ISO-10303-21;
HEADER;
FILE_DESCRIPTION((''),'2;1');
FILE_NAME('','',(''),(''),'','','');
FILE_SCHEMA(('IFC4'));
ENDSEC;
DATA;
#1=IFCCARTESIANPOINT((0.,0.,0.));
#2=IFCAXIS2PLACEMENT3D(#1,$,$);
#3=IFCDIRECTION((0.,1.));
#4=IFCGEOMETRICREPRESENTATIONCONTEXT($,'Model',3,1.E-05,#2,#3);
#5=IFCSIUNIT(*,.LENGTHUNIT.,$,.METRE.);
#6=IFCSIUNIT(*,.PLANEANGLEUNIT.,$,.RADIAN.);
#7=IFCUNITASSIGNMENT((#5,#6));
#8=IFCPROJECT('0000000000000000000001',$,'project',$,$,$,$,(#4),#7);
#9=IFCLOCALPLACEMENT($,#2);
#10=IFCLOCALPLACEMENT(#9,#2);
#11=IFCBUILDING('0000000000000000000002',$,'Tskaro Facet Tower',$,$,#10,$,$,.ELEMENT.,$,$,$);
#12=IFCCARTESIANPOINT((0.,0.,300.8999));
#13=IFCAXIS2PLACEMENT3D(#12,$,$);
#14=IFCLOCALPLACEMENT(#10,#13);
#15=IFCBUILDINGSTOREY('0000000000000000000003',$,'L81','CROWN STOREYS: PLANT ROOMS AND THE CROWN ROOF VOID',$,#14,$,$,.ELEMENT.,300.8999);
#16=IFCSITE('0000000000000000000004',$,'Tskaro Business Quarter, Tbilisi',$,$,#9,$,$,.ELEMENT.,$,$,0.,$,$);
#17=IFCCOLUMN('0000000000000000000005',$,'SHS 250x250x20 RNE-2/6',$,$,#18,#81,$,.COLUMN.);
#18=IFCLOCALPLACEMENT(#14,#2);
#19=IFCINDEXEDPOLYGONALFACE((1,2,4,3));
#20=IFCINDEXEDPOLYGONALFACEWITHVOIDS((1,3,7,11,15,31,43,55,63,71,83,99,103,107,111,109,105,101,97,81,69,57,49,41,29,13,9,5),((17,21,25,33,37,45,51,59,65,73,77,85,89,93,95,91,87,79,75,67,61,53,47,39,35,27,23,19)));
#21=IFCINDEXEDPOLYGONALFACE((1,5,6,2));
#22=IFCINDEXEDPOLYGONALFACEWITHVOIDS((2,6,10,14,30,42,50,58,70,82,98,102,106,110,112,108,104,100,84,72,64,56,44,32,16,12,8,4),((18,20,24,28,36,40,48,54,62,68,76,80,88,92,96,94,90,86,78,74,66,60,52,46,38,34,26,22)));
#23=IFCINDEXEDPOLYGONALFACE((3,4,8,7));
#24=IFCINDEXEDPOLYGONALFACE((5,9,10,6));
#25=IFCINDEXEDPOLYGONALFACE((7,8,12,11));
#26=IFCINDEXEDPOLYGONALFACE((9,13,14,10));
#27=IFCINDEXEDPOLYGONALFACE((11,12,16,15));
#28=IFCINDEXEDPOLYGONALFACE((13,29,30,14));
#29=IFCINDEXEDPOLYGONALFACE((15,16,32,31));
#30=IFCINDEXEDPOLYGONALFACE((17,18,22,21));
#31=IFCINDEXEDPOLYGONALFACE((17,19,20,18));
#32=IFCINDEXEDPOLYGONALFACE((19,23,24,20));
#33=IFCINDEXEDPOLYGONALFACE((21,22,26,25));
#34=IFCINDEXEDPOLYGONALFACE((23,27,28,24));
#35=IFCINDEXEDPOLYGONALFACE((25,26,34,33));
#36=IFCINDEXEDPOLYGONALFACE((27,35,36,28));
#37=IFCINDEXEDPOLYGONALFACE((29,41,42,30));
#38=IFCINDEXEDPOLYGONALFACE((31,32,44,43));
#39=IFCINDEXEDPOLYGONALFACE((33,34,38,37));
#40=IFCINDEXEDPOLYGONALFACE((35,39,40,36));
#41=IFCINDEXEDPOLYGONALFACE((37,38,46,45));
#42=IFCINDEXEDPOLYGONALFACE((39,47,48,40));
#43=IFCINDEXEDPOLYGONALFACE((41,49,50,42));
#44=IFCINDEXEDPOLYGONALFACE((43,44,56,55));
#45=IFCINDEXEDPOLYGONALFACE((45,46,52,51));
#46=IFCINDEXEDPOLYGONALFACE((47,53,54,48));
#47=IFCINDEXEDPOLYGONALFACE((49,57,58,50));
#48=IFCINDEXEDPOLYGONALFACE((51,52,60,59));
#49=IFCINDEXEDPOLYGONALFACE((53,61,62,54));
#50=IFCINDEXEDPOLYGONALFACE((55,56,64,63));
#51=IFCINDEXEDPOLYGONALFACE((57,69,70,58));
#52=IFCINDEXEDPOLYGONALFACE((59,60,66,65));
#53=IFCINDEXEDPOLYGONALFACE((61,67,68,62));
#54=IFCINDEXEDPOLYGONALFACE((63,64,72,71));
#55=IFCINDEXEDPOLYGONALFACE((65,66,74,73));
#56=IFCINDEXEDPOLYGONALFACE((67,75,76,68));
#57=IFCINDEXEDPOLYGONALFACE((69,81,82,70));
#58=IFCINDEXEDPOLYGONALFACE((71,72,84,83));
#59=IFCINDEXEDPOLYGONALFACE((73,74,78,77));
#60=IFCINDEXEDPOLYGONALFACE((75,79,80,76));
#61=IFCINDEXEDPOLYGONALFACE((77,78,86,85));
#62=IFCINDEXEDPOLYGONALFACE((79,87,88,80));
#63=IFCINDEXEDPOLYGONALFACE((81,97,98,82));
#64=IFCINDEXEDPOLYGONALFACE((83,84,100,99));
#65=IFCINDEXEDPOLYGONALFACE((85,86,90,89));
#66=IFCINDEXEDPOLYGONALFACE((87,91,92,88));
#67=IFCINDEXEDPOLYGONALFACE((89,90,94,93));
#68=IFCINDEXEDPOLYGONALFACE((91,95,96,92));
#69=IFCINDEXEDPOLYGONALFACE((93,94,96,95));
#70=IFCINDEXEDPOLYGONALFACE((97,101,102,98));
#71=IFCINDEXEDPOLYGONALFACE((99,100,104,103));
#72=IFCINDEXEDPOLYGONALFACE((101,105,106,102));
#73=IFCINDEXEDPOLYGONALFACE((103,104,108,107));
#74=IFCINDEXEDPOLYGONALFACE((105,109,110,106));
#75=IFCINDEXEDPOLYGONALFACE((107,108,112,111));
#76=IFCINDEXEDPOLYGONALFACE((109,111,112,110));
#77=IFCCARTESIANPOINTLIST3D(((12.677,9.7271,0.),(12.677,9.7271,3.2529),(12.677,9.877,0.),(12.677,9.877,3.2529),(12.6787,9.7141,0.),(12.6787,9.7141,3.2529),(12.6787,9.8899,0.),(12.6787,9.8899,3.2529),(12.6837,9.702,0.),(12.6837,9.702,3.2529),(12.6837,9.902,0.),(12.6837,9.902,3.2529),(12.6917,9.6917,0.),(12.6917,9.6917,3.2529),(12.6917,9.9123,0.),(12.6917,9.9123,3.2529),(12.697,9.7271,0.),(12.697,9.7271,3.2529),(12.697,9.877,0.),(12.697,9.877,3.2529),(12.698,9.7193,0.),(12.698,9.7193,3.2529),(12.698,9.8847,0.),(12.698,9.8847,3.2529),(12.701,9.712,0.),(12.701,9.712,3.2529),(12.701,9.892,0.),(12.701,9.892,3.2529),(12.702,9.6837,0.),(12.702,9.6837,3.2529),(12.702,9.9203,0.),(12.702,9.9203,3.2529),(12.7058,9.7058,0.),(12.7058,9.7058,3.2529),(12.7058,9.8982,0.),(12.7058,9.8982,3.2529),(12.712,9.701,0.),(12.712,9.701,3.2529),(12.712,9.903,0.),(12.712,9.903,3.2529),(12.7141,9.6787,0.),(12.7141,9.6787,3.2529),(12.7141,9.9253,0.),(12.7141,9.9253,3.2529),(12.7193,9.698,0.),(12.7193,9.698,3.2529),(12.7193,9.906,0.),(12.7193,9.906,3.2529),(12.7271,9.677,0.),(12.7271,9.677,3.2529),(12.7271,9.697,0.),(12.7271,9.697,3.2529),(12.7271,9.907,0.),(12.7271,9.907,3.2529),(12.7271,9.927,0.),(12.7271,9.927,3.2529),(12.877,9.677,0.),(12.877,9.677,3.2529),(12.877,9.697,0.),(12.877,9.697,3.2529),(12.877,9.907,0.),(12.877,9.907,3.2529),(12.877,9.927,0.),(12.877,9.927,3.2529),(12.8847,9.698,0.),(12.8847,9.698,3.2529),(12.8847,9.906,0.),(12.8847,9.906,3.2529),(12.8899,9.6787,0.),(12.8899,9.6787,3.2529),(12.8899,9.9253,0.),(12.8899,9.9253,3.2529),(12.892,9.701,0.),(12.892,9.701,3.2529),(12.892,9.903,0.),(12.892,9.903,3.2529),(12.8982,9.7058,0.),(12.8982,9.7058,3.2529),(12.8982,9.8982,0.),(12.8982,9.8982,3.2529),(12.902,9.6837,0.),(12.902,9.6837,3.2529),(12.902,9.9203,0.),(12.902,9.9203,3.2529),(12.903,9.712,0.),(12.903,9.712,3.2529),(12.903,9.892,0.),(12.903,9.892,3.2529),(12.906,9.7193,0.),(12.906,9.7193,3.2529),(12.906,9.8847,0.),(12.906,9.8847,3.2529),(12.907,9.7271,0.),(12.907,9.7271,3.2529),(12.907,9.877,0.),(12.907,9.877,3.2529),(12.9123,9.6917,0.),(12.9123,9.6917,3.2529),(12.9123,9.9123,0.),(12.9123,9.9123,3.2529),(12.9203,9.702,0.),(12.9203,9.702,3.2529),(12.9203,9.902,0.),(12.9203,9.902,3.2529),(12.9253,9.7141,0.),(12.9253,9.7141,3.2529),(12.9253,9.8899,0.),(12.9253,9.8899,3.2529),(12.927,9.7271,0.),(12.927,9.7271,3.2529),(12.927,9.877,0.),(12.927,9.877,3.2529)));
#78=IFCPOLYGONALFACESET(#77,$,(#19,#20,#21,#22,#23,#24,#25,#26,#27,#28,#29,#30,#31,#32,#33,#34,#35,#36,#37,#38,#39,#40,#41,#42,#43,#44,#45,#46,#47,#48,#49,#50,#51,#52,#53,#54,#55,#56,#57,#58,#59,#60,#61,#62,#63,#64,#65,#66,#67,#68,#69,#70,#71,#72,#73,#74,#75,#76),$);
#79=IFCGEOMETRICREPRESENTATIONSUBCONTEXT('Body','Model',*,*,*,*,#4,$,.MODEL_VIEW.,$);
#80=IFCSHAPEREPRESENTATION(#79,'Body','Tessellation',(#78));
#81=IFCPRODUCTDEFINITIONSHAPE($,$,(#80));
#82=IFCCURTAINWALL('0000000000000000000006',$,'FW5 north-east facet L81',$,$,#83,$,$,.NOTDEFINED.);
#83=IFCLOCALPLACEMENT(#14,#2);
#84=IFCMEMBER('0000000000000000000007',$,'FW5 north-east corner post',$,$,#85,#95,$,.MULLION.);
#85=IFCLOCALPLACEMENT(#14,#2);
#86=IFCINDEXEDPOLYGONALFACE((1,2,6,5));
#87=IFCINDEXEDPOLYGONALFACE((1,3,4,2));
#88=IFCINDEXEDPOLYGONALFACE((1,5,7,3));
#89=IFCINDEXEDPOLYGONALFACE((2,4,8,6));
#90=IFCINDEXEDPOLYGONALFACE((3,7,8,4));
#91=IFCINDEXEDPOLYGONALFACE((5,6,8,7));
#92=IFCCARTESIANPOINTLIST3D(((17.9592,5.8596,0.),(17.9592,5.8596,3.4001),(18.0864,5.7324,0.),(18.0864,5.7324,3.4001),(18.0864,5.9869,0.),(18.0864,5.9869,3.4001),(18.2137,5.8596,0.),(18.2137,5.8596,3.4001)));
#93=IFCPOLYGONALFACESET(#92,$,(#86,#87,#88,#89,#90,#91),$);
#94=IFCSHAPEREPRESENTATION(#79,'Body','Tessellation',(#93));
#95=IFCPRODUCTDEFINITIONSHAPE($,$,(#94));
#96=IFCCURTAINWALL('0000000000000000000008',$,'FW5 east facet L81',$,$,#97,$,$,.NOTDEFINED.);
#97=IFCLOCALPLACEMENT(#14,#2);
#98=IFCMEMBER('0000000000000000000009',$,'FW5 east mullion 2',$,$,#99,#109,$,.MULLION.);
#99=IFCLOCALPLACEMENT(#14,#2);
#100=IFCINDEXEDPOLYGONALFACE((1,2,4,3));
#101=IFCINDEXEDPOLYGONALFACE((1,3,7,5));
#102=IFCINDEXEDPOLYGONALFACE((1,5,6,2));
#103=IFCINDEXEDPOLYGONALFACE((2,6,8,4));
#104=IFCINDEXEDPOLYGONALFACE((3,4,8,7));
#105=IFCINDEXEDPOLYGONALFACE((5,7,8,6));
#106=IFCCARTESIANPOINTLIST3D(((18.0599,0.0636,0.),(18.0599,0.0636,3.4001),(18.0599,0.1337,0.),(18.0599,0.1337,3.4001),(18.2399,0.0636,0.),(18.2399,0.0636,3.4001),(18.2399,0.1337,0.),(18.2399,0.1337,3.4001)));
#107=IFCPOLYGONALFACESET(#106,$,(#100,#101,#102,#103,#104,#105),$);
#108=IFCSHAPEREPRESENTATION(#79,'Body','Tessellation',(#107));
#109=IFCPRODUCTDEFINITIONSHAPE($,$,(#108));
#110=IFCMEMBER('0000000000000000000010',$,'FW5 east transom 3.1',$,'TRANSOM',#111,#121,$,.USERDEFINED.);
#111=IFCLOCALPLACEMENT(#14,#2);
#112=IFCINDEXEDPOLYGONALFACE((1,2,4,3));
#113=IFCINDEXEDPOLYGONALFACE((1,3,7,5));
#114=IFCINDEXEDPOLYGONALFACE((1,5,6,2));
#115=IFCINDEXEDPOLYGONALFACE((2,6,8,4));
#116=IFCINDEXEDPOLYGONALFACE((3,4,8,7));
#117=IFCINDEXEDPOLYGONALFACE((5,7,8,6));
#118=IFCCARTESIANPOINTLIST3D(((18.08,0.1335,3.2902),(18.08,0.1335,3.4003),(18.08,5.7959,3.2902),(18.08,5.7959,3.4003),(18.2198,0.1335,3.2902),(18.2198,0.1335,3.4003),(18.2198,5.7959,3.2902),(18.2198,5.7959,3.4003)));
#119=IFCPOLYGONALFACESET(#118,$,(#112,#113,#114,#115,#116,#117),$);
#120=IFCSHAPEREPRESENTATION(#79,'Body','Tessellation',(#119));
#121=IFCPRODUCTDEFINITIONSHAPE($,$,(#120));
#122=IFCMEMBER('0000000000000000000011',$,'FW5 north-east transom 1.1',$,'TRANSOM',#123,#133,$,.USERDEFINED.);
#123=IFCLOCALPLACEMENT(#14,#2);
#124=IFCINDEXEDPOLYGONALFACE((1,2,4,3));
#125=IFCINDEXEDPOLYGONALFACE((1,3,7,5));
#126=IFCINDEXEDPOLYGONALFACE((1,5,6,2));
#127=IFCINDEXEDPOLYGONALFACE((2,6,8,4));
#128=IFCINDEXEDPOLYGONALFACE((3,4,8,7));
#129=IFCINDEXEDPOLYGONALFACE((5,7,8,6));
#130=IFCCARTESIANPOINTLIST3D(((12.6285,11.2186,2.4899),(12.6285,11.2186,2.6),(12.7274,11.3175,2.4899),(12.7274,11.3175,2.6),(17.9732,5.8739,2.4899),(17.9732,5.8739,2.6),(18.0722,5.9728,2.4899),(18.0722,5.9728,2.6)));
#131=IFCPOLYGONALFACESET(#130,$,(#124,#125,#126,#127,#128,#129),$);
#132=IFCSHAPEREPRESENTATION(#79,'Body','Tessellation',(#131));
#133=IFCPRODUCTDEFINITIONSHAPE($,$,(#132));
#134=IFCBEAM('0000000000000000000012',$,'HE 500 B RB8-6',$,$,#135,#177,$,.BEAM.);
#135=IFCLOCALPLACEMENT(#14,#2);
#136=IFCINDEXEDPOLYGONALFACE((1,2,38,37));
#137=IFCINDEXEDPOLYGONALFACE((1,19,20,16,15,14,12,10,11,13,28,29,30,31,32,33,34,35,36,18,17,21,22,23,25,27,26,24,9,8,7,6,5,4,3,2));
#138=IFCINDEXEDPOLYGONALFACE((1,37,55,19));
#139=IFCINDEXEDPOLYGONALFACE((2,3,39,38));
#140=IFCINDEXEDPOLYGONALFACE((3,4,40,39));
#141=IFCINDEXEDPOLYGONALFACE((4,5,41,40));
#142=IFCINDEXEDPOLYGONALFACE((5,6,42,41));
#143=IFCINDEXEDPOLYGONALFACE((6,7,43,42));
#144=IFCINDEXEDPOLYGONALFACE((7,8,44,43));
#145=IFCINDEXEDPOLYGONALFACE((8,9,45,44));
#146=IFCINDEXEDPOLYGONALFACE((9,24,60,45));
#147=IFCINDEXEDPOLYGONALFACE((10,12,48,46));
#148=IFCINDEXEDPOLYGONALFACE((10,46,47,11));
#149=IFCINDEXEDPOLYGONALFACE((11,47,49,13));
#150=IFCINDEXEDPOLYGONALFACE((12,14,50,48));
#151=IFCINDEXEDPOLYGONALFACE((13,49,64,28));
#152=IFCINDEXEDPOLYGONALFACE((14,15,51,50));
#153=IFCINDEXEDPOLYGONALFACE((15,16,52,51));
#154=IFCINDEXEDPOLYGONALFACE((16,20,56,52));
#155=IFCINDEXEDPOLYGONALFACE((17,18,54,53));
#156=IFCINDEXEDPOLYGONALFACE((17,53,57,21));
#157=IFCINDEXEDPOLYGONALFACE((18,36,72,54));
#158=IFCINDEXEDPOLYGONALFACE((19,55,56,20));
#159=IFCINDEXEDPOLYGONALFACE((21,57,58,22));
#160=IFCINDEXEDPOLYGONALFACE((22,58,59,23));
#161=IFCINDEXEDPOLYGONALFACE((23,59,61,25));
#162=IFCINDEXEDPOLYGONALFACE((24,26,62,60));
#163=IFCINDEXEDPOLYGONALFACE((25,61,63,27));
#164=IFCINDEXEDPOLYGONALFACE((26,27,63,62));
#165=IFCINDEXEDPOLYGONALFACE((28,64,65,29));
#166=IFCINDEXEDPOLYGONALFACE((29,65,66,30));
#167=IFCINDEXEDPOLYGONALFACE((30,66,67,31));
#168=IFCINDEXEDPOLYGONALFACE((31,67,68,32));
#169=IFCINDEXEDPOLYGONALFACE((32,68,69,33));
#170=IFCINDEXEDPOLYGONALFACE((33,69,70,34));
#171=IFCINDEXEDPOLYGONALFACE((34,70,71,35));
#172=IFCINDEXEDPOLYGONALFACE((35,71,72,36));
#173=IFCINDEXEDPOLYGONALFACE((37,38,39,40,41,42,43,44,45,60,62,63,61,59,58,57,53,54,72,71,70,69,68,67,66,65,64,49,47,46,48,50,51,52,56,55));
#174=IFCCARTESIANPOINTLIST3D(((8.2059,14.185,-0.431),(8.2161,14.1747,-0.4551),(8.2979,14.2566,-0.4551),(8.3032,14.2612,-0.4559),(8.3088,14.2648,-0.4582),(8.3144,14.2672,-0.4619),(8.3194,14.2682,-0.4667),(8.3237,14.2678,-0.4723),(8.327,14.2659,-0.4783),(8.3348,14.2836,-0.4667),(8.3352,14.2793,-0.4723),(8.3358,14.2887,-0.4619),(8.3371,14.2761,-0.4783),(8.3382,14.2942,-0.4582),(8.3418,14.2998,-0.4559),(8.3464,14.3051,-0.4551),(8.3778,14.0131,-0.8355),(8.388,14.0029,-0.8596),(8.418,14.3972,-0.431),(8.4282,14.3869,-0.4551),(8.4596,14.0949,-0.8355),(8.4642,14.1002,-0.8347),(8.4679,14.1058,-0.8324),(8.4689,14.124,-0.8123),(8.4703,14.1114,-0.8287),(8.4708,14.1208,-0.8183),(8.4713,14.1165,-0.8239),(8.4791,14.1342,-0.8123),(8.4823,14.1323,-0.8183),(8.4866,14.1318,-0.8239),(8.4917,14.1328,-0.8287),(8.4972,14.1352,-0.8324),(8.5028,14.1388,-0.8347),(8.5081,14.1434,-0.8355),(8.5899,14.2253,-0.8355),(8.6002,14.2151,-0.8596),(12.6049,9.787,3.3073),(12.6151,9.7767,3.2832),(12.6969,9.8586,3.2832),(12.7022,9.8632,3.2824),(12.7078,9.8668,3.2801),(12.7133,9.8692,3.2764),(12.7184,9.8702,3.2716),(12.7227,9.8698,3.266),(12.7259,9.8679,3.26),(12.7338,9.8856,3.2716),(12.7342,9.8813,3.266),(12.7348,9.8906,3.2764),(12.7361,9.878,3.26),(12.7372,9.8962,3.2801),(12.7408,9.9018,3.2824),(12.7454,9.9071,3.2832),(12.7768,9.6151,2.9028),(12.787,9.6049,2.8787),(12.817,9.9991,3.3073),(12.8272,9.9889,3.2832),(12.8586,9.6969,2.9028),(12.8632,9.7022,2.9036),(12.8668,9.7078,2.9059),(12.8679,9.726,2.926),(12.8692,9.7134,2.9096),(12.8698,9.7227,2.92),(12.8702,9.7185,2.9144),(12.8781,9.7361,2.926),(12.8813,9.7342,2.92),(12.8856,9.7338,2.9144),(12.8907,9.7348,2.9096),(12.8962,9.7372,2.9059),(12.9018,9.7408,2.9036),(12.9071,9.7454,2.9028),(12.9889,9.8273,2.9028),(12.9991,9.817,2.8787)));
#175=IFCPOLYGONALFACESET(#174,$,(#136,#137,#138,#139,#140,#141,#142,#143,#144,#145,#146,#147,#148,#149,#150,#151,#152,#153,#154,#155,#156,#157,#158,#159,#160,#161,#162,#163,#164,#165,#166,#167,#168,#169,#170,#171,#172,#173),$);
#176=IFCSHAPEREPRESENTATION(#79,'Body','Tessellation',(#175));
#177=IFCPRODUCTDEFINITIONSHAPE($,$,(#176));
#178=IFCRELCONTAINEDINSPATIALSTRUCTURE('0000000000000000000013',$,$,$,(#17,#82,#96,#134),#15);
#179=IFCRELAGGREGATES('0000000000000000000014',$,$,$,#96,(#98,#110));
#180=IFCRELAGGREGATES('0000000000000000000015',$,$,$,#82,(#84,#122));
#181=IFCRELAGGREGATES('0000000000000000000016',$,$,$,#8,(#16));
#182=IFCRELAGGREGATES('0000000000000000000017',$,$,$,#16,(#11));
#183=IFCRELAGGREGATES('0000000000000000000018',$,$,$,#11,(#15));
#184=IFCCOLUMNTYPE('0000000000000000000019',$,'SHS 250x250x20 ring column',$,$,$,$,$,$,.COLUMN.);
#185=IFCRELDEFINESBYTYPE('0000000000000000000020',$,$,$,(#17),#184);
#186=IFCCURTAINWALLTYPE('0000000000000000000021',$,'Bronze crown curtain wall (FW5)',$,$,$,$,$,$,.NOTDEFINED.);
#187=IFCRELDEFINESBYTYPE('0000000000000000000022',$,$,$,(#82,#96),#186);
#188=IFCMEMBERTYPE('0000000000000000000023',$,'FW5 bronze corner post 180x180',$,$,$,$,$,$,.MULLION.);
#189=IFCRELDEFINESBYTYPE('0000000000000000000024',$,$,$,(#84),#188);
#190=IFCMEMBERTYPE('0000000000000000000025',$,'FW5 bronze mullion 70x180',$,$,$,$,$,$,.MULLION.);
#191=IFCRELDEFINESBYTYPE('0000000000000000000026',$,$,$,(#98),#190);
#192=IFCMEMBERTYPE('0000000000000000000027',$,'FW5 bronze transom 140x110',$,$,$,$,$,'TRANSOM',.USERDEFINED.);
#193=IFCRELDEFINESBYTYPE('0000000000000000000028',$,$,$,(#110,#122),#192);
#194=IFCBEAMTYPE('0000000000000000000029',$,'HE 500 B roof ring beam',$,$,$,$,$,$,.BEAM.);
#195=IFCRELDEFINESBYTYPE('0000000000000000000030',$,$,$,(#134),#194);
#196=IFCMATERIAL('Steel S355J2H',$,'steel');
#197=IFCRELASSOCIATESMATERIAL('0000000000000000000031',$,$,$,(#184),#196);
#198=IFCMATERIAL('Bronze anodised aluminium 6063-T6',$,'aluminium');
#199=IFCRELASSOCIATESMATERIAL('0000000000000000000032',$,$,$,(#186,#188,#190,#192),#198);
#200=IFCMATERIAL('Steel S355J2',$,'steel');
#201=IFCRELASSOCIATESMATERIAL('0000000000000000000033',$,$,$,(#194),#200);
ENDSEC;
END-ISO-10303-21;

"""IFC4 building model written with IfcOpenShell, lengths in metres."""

from ifc_helpers import new_model, si_unit, direction, frame, origin, origin_2d, place, context, subcontext, project, spatial, rectangle, hollow_rectangle, i_section, extrude, material, material_profile, profile_set, type_object, element, aggregate, save


model = new_model("IFC4")

# Units and contexts
model_context = context("Model", 3, precision=1e-05, world=origin(), true_north=direction((0.0, 1.0)))
body_context = subcontext(model_context, "Body", "Model", "MODEL_VIEW")
ifc_project = project(units=[si_unit("LENGTHUNIT", "METRE"), si_unit("PLANEANGLEUNIT", "RADIAN")], contexts=[model_context])

# Site, building, storey
site_placement = place(None, origin())
site = spatial("IfcSite", under=ifc_project, at=site_placement, Name="Tskaro Business Quarter, Tbilisi", CompositionType="ELEMENT", RefElevation=0.0)
building_placement = place(site_placement, origin())
building = spatial("IfcBuilding", under=site, at=building_placement, Name="Tskaro Facet Tower", CompositionType="ELEMENT")
storey_placement = place(building_placement, frame((0.0, 0.0, 300.8999)))
storey = spatial("IfcBuildingStorey", under=building, at=storey_placement, Name="L81", Description="CROWN STOREYS: PLANT ROOMS AND THE CROWN ROOF VOID", CompositionType="ELEMENT", Elevation=300.8999)

# Column
ifc_material_1 = material(Name="Steel S355J2H", Category="steel")
ifc_material_profile_1 = material_profile(ifc_material_1, hollow_rectangle(XDim=0.25, YDim=0.25, WallThickness=0.02, InnerFilletRadius=0.03, OuterFilletRadius=0.05, at=origin_2d()), Name="SHS 250x250x20")
ifc_profile_set_1 = profile_set([ifc_material_profile_1], Name="Steel S355J2H")
column_type = type_object("IfcColumnType", Name="SHS 250x250x20 ring column", PredefinedType="COLUMN", material=ifc_profile_set_1)
column_placement = place(storey_placement, frame((12.802, 9.802, 0.0), z_axis=(0.0, 0.0, 1.0), x_axis=(1.0, 0.0, 0.0)))
element("IfcColumn", 1, at=column_placement, inside=storey, type_object=column_type, Name="SHS 250x250x20 RNE-2/6", PredefinedType="COLUMN", context=body_context, shape_type="SweptSolid", body=[
    extrude(hollow_rectangle(XDim=0.25, YDim=0.25, WallThickness=0.02, InnerFilletRadius=0.03, OuterFilletRadius=0.05, at=origin_2d()), origin(), (0.0, 0.0, 1.0), 3.2529),
])

# Curtain wall, member
ifc_material_2 = material(Name="Bronze anodised aluminium 6063-T6", Category="aluminium")
curtain_wall_type = type_object("IfcCurtainWallType", Name="Bronze crown curtain wall (FW5)", PredefinedType="NOTDEFINED", material=ifc_material_2)
curtain_wall_1_placement = place(storey_placement, origin())
curtain_wall_1 = element("IfcCurtainWall", 2, at=curtain_wall_1_placement, inside=storey, type_object=curtain_wall_type, Name="FW5 north-east facet L81", PredefinedType="NOTDEFINED")
ifc_material_profile_2 = material_profile(ifc_material_2, rectangle(XDim=0.1799, YDim=0.1799, at=origin_2d()), Name="Corner post 180x180")
ifc_profile_set_2 = profile_set([ifc_material_profile_2], Name="Bronze anodised aluminium 6063-T6")
member_type_1 = type_object("IfcMemberType", Name="FW5 bronze corner post 180x180", PredefinedType="MULLION", material=ifc_profile_set_2)
member_1_placement = place(storey_placement, frame((18.0864, 5.8596, 0.0), z_axis=(0.0, 0.0, 1.0), x_axis=(-0.707107, 0.707107, 0.0)))
member_1 = element("IfcMember", 3, at=member_1_placement, type_object=member_type_1, Name="FW5 north-east corner post", PredefinedType="MULLION", context=body_context, shape_type="SweptSolid", body=[
    extrude(rectangle(XDim=0.1799, YDim=0.1799, at=origin_2d()), origin(), (0.0, 0.0, 1.0), 3.4001),
])

# Curtain wall, members
curtain_wall_2_placement = place(storey_placement, origin())
curtain_wall_2 = element("IfcCurtainWall", 4, at=curtain_wall_2_placement, inside=storey, type_object=curtain_wall_type, Name="FW5 east facet L81", PredefinedType="NOTDEFINED")
ifc_material_profile_3 = material_profile(ifc_material_2, rectangle(XDim=0.0701, YDim=0.1799, at=origin_2d()), Name="Mullion 70x180")
ifc_profile_set_3 = profile_set([ifc_material_profile_3], Name="Bronze anodised aluminium 6063-T6")
member_type_2 = type_object("IfcMemberType", Name="FW5 bronze mullion 70x180", PredefinedType="MULLION", material=ifc_profile_set_3)
member_2_placement = place(storey_placement, frame((18.1499, 0.0986, 0.0), z_axis=(0.0, 0.0, 1.0), x_axis=(0.0, 1.0, 0.0)))
member_2 = element("IfcMember", 5, at=member_2_placement, type_object=member_type_2, Name="FW5 east mullion 2", PredefinedType="MULLION", context=body_context, shape_type="SweptSolid", body=[
    extrude(rectangle(XDim=0.0701, YDim=0.1799, at=origin_2d()), origin(), (0.0, 0.0, 1.0), 3.4001),
])
ifc_material_profile_4 = material_profile(ifc_material_2, rectangle(XDim=0.1399, YDim=0.1101, at=origin_2d()), Name="Transom 140x110")
ifc_profile_set_4 = profile_set([ifc_material_profile_4], Name="Bronze anodised aluminium 6063-T6")
member_type_3 = type_object("IfcMemberType", Name="FW5 bronze transom 140x110", ElementType="TRANSOM", PredefinedType="USERDEFINED", material=ifc_profile_set_4)
member_3_placement = place(storey_placement, frame((18.1499, 0.1335, 3.3452), z_axis=(0.0, 1.0, 0.0), x_axis=(-1.0, 0.0, 0.0)))
member_3 = element("IfcMember", 6, at=member_3_placement, type_object=member_type_3, Name="FW5 east transom 3.1", ObjectType="TRANSOM", PredefinedType="USERDEFINED", context=body_context, shape_type="SweptSolid", body=[
    extrude(rectangle(XDim=0.1399, YDim=0.1101, at=origin_2d()), origin(), (0.0, 0.0, 1.0), 5.6624),
])

# Member
member_4_placement = place(storey_placement, frame((18.0227, 5.9233, 2.5449), z_axis=(-0.707107, 0.707107, 0.0), x_axis=(-0.707107, -0.707107, 0.0)))
member_4 = element("IfcMember", 7, at=member_4_placement, type_object=member_type_3, Name="FW5 north-east transom 1.1", ObjectType="TRANSOM", PredefinedType="USERDEFINED", context=body_context, shape_type="SweptSolid", body=[
    extrude(rectangle(XDim=0.1399, YDim=0.1101, at=origin_2d()), origin(), (0.0, 0.0, 1.0), 7.5586),
])

# Beam
ifc_material_3 = material(Name="Steel S355J2", Category="steel")
ifc_material_profile_5 = material_profile(ifc_material_3, i_section(OverallWidth=0.3, OverallDepth=0.5, WebThickness=0.0144, FlangeThickness=0.0281, FilletRadius=0.0271, at=origin_2d()), Name="HE 500 B")
ifc_profile_set_5 = profile_set([ifc_material_profile_5], Name="Steel S355J2")
beam_type = type_object("IfcBeamType", Name="HE 500 B roof ring beam", PredefinedType="BEAM", material=ifc_profile_set_5)
beam_placement = place(storey_placement, frame((12.802, 9.802, 3.093), z_axis=(-0.606145, 0.60601, -0.515112), x_axis=(-0.707028, -0.707185, 0.0)))
element("IfcBeam", 8, at=beam_placement, inside=storey, type_object=beam_type, Name="HE 500 B RB8-6", PredefinedType="BEAM", context=body_context, shape_type="SweptSolid", body=[
    extrude(i_section(OverallWidth=0.3, OverallDepth=0.5, WebThickness=0.0144, FlangeThickness=0.0281, FilletRadius=0.0271, at=origin_2d()), origin(), (0.0, 0.0, 1.0), 7.2573),
])

aggregate(curtain_wall_2, [member_2, member_3])
aggregate(curtain_wall_1, [member_1, member_4])

save(model, "model.ifc")
